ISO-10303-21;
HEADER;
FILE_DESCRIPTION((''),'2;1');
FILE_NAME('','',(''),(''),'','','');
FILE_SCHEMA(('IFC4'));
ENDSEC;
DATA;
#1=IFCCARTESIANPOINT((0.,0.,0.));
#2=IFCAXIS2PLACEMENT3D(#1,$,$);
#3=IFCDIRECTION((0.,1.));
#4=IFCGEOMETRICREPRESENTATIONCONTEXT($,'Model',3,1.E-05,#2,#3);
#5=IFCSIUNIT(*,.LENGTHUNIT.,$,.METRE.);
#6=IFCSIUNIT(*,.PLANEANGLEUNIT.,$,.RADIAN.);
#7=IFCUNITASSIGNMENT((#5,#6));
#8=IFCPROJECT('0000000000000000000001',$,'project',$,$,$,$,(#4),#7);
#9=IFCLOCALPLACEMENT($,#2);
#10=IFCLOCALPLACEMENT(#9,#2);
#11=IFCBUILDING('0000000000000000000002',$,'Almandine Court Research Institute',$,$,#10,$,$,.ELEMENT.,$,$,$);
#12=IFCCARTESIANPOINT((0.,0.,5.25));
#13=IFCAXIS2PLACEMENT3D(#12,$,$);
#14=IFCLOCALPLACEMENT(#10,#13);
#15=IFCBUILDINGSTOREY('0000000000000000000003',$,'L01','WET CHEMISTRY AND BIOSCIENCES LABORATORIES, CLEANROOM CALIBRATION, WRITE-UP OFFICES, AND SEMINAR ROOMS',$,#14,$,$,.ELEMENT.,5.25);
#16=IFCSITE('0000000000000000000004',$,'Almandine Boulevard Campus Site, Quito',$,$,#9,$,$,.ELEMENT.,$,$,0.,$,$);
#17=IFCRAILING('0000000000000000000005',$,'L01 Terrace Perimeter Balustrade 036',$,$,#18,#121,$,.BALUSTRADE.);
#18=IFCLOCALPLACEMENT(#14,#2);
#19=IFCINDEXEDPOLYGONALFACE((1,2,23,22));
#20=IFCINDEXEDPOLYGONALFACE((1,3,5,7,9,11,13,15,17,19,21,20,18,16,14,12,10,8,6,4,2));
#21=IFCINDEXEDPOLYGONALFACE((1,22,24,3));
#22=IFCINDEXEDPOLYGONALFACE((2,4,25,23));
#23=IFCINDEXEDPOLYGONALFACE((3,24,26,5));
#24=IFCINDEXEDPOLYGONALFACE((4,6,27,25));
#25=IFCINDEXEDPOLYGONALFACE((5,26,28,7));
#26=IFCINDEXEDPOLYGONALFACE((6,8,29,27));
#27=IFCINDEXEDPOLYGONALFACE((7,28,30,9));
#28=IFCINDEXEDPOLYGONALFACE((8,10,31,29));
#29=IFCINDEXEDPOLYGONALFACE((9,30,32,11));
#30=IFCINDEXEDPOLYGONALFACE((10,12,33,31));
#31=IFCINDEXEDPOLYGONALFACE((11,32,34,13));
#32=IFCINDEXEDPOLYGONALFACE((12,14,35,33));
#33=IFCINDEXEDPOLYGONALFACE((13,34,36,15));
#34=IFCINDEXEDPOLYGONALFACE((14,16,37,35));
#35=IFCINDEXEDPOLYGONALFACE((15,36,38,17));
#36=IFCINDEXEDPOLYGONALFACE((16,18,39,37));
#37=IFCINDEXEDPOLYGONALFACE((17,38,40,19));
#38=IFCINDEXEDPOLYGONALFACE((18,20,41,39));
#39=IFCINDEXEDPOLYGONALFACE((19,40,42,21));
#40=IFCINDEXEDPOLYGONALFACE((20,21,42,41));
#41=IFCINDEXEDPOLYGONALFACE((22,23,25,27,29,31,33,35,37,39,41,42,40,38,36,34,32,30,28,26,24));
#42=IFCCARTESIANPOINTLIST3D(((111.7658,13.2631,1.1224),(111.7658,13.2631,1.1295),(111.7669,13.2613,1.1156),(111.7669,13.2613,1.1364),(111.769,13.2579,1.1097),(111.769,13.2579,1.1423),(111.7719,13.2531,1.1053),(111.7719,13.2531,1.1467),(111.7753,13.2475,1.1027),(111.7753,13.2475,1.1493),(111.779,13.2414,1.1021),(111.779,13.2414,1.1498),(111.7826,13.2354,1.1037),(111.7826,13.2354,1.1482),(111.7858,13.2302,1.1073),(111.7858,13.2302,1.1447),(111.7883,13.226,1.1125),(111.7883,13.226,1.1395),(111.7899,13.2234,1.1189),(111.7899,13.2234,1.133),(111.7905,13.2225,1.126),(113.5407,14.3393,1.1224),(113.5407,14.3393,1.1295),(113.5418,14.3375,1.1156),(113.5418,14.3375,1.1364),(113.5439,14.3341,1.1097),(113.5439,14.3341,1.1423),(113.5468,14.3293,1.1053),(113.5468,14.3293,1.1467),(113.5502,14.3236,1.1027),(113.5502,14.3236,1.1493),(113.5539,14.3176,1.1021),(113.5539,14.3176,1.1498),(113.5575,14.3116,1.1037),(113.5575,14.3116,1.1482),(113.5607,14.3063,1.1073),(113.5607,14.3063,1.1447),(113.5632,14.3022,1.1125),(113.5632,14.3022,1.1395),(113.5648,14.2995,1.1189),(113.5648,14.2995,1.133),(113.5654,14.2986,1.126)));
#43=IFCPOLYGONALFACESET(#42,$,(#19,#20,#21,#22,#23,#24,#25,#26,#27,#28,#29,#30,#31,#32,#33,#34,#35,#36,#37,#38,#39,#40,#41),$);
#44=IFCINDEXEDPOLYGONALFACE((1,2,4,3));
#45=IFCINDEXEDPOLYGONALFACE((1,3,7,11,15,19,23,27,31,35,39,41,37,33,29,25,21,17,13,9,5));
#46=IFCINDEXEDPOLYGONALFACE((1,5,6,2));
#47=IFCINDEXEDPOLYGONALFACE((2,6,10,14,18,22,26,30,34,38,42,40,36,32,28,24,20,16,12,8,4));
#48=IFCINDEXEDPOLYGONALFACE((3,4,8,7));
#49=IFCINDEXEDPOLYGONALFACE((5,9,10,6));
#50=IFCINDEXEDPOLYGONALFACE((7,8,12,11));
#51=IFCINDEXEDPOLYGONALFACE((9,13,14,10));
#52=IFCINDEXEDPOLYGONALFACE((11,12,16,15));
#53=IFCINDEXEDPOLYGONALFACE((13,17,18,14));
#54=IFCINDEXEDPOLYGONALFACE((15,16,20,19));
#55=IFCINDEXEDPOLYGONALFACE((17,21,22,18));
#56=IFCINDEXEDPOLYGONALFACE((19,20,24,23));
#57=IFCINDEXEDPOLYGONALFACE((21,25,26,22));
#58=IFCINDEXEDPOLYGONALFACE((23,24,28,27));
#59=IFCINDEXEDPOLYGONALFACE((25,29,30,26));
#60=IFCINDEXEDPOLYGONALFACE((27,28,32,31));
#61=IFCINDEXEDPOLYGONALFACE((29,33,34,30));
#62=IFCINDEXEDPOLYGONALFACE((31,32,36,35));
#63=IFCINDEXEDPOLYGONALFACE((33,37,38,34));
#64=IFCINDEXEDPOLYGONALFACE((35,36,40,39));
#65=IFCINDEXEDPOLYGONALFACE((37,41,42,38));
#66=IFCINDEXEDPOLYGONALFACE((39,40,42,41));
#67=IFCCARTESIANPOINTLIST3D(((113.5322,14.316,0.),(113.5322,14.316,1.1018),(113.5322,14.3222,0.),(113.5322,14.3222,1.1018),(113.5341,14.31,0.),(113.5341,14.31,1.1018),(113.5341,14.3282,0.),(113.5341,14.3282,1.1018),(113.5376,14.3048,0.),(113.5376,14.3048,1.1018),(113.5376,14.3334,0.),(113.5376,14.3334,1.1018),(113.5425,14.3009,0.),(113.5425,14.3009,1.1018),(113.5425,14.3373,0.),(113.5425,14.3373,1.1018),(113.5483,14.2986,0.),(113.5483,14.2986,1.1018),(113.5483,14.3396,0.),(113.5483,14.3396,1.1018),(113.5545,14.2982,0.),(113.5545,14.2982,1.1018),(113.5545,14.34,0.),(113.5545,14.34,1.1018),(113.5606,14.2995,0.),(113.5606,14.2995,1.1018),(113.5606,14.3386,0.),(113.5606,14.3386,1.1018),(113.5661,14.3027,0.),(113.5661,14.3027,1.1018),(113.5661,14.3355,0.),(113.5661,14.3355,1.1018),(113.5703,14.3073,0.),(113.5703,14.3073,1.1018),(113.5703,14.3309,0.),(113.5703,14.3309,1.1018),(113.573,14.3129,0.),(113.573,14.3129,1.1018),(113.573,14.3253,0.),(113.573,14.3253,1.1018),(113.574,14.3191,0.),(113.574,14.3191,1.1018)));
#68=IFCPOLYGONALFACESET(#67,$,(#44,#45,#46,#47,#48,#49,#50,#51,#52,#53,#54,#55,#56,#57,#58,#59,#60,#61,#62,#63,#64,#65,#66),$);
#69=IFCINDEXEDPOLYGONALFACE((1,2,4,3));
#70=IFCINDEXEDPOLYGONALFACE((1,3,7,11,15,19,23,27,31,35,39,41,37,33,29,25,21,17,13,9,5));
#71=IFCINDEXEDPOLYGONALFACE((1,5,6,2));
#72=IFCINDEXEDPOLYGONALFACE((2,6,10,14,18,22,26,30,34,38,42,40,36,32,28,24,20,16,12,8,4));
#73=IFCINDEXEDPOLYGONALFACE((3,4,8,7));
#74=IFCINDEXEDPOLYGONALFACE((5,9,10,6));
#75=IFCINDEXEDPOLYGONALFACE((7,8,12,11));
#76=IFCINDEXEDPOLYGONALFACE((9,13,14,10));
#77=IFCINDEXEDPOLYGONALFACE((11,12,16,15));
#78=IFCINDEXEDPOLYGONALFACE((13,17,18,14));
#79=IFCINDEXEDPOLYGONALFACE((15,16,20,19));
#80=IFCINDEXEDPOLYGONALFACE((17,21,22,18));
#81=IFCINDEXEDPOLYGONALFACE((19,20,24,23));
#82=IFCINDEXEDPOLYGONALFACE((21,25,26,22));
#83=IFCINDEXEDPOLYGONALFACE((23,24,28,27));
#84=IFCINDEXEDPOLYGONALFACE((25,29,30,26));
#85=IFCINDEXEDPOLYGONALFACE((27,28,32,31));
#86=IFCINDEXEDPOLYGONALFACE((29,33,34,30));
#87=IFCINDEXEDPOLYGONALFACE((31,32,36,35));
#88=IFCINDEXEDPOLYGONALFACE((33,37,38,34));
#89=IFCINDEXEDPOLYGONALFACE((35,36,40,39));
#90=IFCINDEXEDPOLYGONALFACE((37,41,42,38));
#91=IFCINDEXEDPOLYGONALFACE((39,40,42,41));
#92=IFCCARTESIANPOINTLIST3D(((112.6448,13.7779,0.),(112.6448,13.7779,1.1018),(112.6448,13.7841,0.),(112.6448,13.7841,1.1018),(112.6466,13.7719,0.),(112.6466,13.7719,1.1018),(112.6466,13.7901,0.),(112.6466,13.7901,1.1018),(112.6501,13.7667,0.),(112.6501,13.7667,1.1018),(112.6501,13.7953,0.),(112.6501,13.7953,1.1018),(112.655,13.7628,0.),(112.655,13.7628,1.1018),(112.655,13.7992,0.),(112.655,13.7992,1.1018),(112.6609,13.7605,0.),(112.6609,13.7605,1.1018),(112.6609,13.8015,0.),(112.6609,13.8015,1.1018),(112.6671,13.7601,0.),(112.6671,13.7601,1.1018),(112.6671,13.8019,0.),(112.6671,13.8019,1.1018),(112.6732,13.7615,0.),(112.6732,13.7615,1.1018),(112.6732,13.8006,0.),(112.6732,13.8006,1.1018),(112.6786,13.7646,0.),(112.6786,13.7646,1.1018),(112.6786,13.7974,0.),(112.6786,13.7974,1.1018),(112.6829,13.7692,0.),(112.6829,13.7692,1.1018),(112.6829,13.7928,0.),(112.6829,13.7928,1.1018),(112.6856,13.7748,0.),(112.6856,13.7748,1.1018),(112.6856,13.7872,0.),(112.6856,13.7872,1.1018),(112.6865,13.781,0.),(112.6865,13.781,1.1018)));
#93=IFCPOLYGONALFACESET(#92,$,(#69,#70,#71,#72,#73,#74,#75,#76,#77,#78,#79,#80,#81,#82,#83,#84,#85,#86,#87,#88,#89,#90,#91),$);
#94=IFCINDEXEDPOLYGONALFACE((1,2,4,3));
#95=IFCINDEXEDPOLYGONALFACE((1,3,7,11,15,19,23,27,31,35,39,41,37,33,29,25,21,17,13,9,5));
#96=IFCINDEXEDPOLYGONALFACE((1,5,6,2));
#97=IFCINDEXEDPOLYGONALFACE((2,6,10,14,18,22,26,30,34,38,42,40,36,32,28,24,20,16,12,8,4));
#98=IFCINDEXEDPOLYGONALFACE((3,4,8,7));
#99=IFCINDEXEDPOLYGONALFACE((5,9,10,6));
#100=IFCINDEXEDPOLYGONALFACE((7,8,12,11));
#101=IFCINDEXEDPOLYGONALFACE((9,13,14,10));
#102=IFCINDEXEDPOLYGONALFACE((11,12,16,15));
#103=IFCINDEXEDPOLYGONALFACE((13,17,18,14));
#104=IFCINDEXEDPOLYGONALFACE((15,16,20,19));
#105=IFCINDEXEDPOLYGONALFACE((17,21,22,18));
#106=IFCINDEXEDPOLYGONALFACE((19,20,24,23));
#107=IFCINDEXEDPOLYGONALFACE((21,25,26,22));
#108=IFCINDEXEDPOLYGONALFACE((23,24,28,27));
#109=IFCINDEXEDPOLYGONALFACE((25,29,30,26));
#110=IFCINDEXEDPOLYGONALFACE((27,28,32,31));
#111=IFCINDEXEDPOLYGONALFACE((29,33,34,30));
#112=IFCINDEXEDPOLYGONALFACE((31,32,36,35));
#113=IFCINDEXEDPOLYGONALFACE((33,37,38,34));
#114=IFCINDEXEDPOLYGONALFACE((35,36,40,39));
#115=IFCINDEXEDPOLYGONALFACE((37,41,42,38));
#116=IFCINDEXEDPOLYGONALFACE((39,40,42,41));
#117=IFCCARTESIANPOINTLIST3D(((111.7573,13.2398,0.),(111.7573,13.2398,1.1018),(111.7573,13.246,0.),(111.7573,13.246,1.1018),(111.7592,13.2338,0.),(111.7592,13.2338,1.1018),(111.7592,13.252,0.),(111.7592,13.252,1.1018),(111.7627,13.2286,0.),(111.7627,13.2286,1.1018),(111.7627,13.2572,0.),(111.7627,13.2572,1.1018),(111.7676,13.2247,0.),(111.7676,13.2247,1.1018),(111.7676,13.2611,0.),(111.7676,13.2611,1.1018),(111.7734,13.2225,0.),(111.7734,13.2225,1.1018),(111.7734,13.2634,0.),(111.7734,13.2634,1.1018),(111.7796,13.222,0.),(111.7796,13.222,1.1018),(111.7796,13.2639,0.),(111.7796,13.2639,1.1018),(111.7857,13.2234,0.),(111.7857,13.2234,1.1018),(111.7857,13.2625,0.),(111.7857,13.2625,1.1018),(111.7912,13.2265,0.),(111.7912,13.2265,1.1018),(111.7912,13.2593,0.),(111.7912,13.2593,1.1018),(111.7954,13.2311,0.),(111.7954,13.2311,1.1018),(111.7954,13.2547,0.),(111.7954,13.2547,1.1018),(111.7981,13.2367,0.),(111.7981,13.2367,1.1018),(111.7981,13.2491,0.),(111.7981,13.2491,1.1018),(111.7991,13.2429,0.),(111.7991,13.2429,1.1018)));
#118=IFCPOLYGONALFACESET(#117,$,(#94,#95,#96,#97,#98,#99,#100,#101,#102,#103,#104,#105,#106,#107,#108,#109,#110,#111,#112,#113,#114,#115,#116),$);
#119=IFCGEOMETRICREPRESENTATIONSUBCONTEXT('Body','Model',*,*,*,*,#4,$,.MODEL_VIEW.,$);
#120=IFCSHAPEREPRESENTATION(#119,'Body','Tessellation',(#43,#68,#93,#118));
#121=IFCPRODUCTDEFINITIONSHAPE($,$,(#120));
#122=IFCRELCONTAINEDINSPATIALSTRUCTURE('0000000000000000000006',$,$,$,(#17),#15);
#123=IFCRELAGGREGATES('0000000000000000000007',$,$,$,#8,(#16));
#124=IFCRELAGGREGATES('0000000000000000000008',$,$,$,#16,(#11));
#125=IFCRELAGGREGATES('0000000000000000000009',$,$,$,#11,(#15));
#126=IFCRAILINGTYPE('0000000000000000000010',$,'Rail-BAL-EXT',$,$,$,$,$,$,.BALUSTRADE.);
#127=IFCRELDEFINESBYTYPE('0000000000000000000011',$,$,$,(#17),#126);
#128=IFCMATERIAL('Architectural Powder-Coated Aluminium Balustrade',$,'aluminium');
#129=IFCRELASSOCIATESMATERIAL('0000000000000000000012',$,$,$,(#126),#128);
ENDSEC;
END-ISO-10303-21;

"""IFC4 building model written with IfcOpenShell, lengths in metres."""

from ifc_helpers import new_model, si_unit, direction, frame, origin, origin_2d, place, context, subcontext, project, spatial, circle, extrude, material, type_object, element, save


model = new_model("IFC4")

# Units and contexts
model_context = context("Model", 3, precision=1e-05, world=origin(), true_north=direction((0.0, 1.0)))
body_context = subcontext(model_context, "Body", "Model", "MODEL_VIEW")
ifc_project = project(units=[si_unit("LENGTHUNIT", "METRE"), si_unit("PLANEANGLEUNIT", "RADIAN")], contexts=[model_context])

# Site, building, storey
site_placement = place(None, origin())
site = spatial("IfcSite", under=ifc_project, at=site_placement, Name="Almandine Boulevard Campus Site, Quito", CompositionType="ELEMENT", RefElevation=0.0)
building_placement = place(site_placement, origin())
building = spatial("IfcBuilding", under=site, at=building_placement, Name="Almandine Court Research Institute", CompositionType="ELEMENT")
storey_placement = place(building_placement, frame((0.0, 0.0, 5.25)))
storey = spatial("IfcBuildingStorey", under=building, at=storey_placement, Name="L01", Description="WET CHEMISTRY AND BIOSCIENCES LABORATORIES, CLEANROOM CALIBRATION, WRITE-UP OFFICES, AND SEMINAR ROOMS", CompositionType="ELEMENT", Elevation=5.25)

# Railing
ifc_material_1 = material(Name="Architectural Powder-Coated Aluminium Balustrade", Category="aluminium")
railing_type = type_object("IfcRailingType", Name="Rail-BAL-EXT", PredefinedType="BALUSTRADE", material=ifc_material_1)
railing_1_placement = place(storey_placement, frame((113.553, 14.3191, 0.0)))
element("IfcRailing", 1, at=railing_1_placement, inside=storey, type_object=railing_type, Name="L01 Terrace Perimeter Balustrade 036", PredefinedType="BALUSTRADE", context=body_context, shape_type="SweptSolid", body=[
    extrude(circle(Radius=0.0239, at=origin_2d()), frame((0.0, 0.0, 1.126), z_axis=(-0.855097, -0.518469, 0.0), x_axis=(0.518469, -0.855097, 0.0)), (0.0, 0.0, 1.0), 2.0757),
    extrude(circle(Radius=0.021, at=origin_2d()), origin(), (0.0, 0.0, 1.0), 1.1018),
    extrude(circle(Radius=0.021, at=origin_2d()), frame((-0.8875, -0.5381, 0.0)), (0.0, 0.0, 1.0), 1.1018),
    extrude(circle(Radius=0.021, at=origin_2d()), frame((-1.7749, -1.0762, 0.0)), (0.0, 0.0, 1.0), 1.1018),
])

save(model, "model.ifc")
